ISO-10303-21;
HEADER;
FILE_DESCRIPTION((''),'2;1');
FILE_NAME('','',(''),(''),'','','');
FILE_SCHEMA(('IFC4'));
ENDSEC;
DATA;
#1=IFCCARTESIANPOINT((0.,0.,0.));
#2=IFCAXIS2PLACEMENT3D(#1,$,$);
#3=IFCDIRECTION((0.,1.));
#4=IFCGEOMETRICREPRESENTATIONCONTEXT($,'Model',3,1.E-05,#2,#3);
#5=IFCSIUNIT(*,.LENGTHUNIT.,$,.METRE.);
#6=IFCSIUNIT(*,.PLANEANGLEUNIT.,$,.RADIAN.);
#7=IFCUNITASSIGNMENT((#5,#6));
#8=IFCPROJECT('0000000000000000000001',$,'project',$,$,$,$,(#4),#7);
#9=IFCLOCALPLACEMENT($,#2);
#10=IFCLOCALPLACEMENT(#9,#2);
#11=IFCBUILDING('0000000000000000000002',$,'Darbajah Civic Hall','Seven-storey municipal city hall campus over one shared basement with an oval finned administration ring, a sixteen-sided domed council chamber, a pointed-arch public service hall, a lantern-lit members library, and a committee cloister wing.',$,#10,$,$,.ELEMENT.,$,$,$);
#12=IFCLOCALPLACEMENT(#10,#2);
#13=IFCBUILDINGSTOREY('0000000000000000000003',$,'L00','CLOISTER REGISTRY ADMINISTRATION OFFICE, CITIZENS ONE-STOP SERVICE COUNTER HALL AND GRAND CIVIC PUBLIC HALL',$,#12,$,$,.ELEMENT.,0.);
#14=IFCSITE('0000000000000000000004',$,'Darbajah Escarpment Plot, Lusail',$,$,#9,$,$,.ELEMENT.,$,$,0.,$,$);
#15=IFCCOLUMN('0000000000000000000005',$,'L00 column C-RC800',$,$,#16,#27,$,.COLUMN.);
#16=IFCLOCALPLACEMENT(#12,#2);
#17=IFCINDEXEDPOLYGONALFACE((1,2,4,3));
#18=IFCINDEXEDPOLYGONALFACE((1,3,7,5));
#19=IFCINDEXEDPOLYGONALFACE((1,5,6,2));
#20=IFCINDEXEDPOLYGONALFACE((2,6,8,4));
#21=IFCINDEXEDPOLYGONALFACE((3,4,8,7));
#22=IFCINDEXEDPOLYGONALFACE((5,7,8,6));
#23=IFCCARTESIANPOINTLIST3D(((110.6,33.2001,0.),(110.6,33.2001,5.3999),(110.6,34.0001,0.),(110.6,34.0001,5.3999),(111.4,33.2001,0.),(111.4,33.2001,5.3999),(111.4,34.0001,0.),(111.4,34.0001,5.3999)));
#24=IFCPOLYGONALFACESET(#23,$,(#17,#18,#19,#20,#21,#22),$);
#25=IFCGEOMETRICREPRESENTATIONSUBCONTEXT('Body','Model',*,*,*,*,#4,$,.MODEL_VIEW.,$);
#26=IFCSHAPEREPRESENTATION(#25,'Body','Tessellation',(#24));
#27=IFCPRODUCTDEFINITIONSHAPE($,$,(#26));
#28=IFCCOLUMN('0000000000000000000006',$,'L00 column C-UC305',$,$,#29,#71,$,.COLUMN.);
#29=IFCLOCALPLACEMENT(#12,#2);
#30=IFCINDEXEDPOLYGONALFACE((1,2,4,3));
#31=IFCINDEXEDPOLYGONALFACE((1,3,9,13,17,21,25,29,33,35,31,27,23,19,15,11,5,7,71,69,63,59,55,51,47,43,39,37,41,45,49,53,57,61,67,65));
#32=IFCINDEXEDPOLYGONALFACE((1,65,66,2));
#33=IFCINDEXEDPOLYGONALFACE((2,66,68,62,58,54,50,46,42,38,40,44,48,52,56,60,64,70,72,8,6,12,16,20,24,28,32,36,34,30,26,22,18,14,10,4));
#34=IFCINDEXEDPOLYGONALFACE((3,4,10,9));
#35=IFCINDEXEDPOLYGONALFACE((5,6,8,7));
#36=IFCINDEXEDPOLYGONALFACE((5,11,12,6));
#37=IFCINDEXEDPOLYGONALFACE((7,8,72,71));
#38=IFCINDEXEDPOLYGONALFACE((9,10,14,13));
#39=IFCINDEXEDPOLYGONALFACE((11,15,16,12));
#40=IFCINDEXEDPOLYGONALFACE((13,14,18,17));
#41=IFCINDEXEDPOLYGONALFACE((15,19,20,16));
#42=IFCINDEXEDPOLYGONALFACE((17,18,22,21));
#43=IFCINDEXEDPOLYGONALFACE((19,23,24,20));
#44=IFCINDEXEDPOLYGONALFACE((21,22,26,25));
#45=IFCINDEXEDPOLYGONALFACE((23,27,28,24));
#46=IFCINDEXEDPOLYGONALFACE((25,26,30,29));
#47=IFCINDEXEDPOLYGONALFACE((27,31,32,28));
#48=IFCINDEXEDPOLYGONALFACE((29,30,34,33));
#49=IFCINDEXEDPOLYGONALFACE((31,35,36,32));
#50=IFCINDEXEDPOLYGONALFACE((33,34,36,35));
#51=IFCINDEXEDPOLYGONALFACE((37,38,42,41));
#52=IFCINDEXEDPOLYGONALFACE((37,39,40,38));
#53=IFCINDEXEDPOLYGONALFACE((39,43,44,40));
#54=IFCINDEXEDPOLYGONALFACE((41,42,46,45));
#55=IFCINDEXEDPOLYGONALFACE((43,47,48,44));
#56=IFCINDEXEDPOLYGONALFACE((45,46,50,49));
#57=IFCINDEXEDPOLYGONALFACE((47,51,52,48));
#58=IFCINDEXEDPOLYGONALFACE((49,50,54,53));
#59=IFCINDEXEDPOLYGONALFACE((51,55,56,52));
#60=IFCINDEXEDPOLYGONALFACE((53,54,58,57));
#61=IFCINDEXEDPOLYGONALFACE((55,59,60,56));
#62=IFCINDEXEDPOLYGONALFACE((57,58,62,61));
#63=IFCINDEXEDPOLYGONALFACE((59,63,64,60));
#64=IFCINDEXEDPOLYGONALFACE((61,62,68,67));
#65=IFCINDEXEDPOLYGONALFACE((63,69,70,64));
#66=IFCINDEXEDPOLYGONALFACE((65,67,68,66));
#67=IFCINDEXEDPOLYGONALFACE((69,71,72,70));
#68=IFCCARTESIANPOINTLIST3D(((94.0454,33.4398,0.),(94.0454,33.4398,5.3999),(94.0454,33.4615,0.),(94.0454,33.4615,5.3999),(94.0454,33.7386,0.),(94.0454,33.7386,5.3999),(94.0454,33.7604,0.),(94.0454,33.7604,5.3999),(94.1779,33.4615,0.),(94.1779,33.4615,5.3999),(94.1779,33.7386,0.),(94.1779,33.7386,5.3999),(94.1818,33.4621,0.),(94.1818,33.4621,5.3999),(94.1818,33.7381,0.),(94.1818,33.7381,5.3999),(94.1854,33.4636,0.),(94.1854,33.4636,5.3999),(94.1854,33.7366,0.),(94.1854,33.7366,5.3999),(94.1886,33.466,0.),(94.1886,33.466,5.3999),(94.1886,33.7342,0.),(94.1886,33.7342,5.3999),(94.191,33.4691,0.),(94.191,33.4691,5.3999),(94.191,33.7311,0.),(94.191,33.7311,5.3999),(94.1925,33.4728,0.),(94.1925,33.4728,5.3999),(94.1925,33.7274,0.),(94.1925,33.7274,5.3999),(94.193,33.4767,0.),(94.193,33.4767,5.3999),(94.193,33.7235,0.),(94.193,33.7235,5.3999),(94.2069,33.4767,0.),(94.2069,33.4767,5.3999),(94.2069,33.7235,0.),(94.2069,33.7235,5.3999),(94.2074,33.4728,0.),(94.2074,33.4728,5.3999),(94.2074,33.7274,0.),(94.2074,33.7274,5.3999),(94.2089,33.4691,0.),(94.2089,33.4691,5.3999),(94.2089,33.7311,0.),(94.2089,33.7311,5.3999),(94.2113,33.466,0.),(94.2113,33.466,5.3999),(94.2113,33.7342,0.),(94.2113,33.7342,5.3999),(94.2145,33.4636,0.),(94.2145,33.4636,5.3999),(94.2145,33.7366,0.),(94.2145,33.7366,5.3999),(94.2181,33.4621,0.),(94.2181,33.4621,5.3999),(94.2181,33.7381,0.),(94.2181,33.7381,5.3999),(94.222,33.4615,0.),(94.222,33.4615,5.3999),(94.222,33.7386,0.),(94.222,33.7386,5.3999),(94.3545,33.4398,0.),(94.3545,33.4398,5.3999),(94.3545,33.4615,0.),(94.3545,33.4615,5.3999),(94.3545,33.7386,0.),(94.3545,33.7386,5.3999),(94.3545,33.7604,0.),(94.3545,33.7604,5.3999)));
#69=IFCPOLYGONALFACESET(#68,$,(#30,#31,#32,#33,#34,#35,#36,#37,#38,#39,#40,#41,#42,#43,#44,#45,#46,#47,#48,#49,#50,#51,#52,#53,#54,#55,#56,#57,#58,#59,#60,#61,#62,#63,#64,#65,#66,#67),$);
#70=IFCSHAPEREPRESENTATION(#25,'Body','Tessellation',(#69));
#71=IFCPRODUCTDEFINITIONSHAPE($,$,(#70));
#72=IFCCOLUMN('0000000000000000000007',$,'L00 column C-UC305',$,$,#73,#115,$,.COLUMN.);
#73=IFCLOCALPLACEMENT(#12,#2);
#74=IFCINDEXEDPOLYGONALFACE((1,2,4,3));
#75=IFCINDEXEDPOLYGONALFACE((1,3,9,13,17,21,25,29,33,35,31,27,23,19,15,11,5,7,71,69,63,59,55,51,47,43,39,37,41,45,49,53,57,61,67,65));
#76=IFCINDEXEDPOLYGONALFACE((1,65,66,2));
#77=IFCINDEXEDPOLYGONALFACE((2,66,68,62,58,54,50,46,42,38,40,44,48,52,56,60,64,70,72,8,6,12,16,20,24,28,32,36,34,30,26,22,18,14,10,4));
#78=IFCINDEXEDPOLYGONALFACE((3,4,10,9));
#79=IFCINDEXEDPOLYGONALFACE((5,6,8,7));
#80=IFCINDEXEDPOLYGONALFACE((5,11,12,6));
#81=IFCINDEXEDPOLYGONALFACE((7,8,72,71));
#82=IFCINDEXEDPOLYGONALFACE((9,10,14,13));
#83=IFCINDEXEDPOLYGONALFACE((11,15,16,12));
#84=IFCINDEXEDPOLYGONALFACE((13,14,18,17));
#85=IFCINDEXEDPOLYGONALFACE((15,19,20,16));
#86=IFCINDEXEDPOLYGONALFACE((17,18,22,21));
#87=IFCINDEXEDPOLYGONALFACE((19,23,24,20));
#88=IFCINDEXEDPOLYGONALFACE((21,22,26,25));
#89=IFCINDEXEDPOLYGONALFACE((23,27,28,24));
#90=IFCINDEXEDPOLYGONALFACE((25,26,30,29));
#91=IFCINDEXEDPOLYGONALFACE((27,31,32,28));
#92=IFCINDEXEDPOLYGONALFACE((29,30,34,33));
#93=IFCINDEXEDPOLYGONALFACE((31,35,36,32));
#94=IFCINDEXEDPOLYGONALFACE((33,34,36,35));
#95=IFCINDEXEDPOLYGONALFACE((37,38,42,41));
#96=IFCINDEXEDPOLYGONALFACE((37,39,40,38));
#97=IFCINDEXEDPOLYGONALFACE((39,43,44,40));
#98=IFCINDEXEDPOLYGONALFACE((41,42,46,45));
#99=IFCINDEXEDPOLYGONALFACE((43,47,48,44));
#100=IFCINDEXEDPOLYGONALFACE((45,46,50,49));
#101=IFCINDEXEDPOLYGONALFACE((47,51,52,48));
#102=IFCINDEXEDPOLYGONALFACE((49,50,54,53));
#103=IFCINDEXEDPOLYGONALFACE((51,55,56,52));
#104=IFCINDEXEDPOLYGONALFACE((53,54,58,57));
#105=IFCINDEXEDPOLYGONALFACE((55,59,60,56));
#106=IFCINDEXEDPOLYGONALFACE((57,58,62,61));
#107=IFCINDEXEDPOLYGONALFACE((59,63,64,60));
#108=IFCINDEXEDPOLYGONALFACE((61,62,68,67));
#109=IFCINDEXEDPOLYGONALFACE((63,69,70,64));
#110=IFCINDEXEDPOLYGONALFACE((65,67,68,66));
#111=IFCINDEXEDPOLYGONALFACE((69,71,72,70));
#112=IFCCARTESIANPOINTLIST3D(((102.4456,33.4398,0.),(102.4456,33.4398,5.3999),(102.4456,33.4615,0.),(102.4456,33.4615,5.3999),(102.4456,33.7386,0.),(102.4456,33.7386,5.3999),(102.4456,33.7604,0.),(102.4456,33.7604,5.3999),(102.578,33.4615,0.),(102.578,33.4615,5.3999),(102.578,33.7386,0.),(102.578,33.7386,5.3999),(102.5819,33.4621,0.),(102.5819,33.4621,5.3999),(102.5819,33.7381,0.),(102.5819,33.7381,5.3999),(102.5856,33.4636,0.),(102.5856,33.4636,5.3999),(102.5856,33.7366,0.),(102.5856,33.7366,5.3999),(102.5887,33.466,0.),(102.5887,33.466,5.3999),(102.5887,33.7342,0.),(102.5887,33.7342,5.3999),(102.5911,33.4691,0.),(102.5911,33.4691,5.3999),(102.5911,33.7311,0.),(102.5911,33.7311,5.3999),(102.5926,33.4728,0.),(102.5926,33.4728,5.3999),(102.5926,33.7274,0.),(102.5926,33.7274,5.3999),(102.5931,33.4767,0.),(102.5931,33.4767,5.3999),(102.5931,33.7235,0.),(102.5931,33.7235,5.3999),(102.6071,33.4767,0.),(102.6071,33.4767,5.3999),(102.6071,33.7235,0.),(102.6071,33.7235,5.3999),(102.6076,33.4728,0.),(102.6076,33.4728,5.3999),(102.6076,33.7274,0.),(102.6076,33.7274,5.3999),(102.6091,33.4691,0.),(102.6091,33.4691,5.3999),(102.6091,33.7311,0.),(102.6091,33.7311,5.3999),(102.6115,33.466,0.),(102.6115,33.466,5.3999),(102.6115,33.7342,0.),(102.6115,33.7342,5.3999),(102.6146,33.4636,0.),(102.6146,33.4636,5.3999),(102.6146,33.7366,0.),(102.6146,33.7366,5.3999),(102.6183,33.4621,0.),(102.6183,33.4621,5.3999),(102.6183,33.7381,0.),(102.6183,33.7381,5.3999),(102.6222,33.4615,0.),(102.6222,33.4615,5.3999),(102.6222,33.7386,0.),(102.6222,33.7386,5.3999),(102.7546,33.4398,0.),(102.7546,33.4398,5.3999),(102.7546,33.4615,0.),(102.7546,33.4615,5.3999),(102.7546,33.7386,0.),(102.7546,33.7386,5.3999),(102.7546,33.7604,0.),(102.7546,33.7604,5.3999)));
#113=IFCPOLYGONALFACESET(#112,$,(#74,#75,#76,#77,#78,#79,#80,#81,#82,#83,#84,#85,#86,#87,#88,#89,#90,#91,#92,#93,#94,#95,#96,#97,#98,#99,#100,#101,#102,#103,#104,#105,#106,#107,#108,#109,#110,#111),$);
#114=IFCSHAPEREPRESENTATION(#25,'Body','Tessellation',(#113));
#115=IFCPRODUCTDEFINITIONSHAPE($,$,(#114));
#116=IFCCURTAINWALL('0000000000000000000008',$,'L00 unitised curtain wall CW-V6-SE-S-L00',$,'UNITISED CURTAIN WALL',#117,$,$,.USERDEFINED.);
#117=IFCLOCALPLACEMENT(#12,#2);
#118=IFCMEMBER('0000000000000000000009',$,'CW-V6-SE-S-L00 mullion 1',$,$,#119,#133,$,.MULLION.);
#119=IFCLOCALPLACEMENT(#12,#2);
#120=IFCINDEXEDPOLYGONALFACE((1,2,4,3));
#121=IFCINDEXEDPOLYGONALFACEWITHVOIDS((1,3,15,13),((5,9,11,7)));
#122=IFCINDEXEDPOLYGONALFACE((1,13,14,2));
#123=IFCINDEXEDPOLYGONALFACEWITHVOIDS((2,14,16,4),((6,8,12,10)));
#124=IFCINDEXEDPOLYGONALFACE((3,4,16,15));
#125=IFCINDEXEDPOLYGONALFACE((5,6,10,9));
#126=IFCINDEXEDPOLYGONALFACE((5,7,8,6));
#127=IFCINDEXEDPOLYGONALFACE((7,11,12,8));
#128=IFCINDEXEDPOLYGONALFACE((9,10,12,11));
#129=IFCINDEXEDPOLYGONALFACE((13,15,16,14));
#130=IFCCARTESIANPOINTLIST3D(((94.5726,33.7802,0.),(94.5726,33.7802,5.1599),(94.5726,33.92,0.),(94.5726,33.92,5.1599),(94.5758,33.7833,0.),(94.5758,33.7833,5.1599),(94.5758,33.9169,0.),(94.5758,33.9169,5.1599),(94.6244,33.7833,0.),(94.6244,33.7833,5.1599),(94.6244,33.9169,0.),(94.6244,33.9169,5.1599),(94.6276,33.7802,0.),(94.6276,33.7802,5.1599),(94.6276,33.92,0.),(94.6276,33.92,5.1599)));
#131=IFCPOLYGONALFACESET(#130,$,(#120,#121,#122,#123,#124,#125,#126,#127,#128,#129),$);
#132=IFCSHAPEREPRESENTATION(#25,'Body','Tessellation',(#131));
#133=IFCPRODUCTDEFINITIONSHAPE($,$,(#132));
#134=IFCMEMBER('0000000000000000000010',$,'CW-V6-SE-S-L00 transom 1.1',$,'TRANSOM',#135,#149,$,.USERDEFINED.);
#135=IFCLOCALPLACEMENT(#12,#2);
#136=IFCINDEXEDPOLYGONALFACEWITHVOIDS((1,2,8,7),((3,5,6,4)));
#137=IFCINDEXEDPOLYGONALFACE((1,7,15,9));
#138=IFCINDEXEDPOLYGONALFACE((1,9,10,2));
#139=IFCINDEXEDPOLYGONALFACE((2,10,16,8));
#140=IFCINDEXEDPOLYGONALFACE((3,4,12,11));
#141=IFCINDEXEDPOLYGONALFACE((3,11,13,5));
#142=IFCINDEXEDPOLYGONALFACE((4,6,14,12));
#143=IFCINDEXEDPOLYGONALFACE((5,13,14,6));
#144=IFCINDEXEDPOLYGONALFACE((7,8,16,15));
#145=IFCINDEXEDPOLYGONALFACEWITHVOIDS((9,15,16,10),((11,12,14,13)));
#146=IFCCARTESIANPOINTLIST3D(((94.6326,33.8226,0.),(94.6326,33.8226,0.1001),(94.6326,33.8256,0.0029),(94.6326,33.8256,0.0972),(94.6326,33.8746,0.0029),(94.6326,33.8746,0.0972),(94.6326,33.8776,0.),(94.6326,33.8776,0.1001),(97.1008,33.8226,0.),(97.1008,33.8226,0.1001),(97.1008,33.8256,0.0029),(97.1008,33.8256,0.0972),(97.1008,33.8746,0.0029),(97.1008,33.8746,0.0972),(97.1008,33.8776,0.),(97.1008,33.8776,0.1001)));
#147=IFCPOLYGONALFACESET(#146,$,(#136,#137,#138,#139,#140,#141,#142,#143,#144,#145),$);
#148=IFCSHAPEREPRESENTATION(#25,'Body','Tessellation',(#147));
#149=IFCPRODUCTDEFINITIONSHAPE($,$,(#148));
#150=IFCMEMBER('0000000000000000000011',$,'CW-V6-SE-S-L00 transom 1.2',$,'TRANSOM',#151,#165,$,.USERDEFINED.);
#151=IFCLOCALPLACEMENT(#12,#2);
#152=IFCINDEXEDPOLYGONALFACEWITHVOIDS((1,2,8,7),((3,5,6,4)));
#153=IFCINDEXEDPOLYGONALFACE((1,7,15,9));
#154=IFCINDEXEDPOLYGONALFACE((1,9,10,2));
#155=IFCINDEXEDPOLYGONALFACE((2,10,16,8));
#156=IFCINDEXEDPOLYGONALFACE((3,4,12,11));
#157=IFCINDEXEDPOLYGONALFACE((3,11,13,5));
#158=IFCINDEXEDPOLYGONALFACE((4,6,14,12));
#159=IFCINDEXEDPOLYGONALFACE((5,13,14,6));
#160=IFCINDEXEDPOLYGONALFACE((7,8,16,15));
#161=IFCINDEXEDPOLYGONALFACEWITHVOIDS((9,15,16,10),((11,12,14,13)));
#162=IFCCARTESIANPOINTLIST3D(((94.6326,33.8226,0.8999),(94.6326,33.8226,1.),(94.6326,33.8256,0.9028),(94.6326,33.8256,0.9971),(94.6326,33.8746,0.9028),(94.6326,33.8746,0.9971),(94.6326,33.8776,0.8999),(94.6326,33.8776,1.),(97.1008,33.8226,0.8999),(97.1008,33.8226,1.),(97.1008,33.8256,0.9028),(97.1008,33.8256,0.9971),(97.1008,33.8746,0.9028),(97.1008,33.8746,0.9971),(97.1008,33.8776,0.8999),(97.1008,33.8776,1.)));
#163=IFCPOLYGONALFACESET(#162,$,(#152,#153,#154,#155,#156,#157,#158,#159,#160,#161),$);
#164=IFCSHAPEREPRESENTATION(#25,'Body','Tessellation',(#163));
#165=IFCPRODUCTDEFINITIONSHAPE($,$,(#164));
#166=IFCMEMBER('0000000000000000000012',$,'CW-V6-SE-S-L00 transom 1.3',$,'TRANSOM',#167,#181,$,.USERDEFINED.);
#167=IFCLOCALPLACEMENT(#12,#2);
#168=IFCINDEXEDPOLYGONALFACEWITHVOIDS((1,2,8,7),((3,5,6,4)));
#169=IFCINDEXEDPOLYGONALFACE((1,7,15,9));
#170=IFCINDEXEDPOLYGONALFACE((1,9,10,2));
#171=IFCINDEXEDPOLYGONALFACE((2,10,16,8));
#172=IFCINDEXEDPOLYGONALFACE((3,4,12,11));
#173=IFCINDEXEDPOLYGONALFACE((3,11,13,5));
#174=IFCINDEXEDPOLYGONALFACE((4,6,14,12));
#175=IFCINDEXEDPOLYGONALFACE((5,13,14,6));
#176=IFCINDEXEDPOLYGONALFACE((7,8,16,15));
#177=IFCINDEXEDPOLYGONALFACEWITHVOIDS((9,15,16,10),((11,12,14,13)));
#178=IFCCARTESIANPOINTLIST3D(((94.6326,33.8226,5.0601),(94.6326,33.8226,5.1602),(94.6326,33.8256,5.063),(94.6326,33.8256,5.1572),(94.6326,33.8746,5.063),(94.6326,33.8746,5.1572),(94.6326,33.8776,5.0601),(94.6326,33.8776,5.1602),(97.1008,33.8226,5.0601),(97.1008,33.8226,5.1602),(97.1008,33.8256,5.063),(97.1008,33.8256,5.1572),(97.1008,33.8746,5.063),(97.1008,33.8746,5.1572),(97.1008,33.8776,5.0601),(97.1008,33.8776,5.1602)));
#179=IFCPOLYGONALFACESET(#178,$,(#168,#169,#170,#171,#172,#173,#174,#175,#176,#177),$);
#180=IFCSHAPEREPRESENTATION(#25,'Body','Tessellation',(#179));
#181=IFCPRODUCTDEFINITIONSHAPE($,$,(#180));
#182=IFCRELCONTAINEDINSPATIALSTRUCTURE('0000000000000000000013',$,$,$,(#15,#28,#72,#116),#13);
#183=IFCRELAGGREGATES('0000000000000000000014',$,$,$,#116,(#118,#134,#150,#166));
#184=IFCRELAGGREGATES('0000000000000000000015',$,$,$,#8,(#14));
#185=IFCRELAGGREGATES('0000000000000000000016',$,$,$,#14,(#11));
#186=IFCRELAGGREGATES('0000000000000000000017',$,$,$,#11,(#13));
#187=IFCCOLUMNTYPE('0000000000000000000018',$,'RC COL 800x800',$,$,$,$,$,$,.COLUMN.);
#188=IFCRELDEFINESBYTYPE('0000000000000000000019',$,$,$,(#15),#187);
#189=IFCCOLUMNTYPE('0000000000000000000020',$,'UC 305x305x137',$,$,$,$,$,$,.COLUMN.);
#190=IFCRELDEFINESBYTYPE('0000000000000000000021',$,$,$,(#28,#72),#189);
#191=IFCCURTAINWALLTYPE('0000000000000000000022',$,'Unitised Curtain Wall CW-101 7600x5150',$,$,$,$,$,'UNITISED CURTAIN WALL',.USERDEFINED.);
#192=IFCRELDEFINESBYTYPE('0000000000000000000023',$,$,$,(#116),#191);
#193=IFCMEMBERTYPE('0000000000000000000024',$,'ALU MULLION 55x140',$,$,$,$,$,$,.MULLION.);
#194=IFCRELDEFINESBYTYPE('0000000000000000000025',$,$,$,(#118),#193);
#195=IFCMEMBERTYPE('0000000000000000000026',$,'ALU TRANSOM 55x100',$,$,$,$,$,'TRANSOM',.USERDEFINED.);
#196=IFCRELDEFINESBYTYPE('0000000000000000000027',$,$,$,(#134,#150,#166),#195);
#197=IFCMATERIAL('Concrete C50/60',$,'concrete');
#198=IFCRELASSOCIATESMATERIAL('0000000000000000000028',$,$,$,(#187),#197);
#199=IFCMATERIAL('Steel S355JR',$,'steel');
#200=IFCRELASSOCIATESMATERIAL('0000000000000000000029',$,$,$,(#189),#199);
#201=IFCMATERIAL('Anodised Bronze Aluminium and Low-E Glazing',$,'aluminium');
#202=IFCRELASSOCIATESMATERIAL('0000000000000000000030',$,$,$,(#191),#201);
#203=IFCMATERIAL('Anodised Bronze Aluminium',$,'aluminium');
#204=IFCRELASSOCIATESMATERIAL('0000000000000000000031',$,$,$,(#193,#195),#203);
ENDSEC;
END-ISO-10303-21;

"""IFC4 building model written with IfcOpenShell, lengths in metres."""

from ifc_helpers import new_model, si_unit, direction, frame, origin, origin_2d, place, context, subcontext, project, spatial, rectangle, hollow_rectangle, i_section, extrude, material, material_profile, profile_set, type_object, element, aggregate, save


model = new_model("IFC4")

# Units and contexts
model_context = context("Model", 3, precision=1e-05, world=origin(), true_north=direction((0.0, 1.0)))
body_context = subcontext(model_context, "Body", "Model", "MODEL_VIEW")
ifc_project = project(units=[si_unit("LENGTHUNIT", "METRE"), si_unit("PLANEANGLEUNIT", "RADIAN")], contexts=[model_context])

# Site, building, storey
site_placement = place(None, origin())
site = spatial("IfcSite", under=ifc_project, at=site_placement, Name="Darbajah Escarpment Plot, Lusail", CompositionType="ELEMENT", RefElevation=0.0)
building_placement = place(site_placement, origin())
building = spatial("IfcBuilding", under=site, at=building_placement, Name="Darbajah Civic Hall", Description="Seven-storey municipal city hall campus over one shared basement with an oval finned administration ring, a sixteen-sided domed council chamber, a pointed-arch public service hall, a lantern-lit members library, and a committee cloister wing.", CompositionType="ELEMENT")
storey_placement = place(building_placement, origin())
storey = spatial("IfcBuildingStorey", under=building, at=storey_placement, Name="L00", Description="CLOISTER REGISTRY ADMINISTRATION OFFICE, CITIZENS ONE-STOP SERVICE COUNTER HALL AND GRAND CIVIC PUBLIC HALL", CompositionType="ELEMENT", Elevation=0.0)

# Columns
ifc_material_1 = material(Name="Concrete C50/60", Category="concrete")
ifc_material_profile_1 = material_profile(ifc_material_1, rectangle(XDim=0.8, YDim=0.8, at=origin_2d()), Name="RC COL 800x800")
ifc_profile_set_1 = profile_set([ifc_material_profile_1], Name="Concrete C50/60")
column_type_1 = type_object("IfcColumnType", Name="RC COL 800x800", PredefinedType="COLUMN", material=ifc_profile_set_1)
column_placement = place(storey_placement, frame((111.0, 33.6001, 0.0), z_axis=(0.0, 0.0, 1.0), x_axis=(1.0, 0.0, 0.0)))
element("IfcColumn", 1, at=column_placement, inside=storey, type_object=column_type_1, Name="L00 column C-RC800", PredefinedType="COLUMN", context=body_context, shape_type="SweptSolid", body=[
    extrude(rectangle(XDim=0.8, YDim=0.8, at=origin_2d()), origin(), (0.0, 0.0, 1.0), 5.3999),
])
ifc_material_2 = material(Name="Steel S355JR", Category="steel")
ifc_material_profile_2 = material_profile(ifc_material_2, i_section(OverallWidth=0.3091, OverallDepth=0.3206, WebThickness=0.0139, FlangeThickness=0.0217, FilletRadius=0.0151, at=origin_2d()), Name="UC 305x305x137")
ifc_profile_set_2 = profile_set([ifc_material_profile_2], Name="Steel S355JR")
column_type_2 = type_object("IfcColumnType", Name="UC 305x305x137", PredefinedType="COLUMN", material=ifc_profile_set_2)
for number, where, z_axis, x_axis, name in (
    (2, (94.2, 33.6001, 0.0), (0.0, 0.0, 1.0), (1.0, 0.0, 0.0), "L00 column C-UC305"),
    (3, (102.6001, 33.6001, 0.0), (0.0, 0.0, 1.0), (1.0, 0.0, 0.0), "L00 column C-UC305"),
):
    element("IfcColumn", number, at=place(storey_placement, frame(where, z_axis=z_axis, x_axis=x_axis)), inside=storey, type_object=column_type_2, Name=name, PredefinedType="COLUMN", context=body_context, shape_type="SweptSolid", body=[
        extrude(i_section(OverallWidth=0.3091, OverallDepth=0.3206, WebThickness=0.0139, FlangeThickness=0.0217, FilletRadius=0.0151, at=origin_2d()), origin(), (0.0, 0.0, 1.0), 5.3999),
    ])

# Curtain wall, members
ifc_material_3 = material(Name="Anodised Bronze Aluminium and Low-E Glazing", Category="aluminium")
curtain_wall_type = type_object("IfcCurtainWallType", Name="Unitised Curtain Wall CW-101 7600x5150", ElementType="UNITISED CURTAIN WALL", PredefinedType="USERDEFINED", material=ifc_material_3)
curtain_wall_placement = place(storey_placement, origin())
curtain_wall = element("IfcCurtainWall", 4, at=curtain_wall_placement, inside=storey, type_object=curtain_wall_type, Name="L00 unitised curtain wall CW-V6-SE-S-L00", ObjectType="UNITISED CURTAIN WALL", PredefinedType="USERDEFINED")
ifc_material_4 = material(Name="Anodised Bronze Aluminium", Category="aluminium")
ifc_material_profile_3 = material_profile(ifc_material_4, hollow_rectangle(XDim=0.0549, YDim=0.1399, WallThickness=0.0032, at=origin_2d()), Name="ALU MULLION 55x140")
ifc_profile_set_3 = profile_set([ifc_material_profile_3], Name="Anodised Bronze Aluminium")
member_type_1 = type_object("IfcMemberType", Name="ALU MULLION 55x140", PredefinedType="MULLION", material=ifc_profile_set_3)
member_1_placement = place(storey_placement, frame((94.6001, 33.8501, 0.0), z_axis=(0.0, 0.0, 1.0), x_axis=(1.0, 0.0, 0.0)))
member_1 = element("IfcMember", 5, at=member_1_placement, type_object=member_type_1, Name="CW-V6-SE-S-L00 mullion 1", PredefinedType="MULLION", context=body_context, shape_type="SweptSolid", body=[
    extrude(hollow_rectangle(XDim=0.0549, YDim=0.1399, WallThickness=0.0032, at=origin_2d()), origin(), (0.0, 0.0, 1.0), 5.1599),
])
ifc_material_profile_4 = material_profile(ifc_material_4, hollow_rectangle(XDim=0.0549, YDim=0.1001, WallThickness=0.0029, at=origin_2d()), Name="ALU TRANSOM 55x100")
ifc_profile_set_4 = profile_set([ifc_material_profile_4], Name="Anodised Bronze Aluminium")
member_type_2 = type_object("IfcMemberType", Name="ALU TRANSOM 55x100", ElementType="TRANSOM", PredefinedType="USERDEFINED", material=ifc_profile_set_4)
member_2_placement = place(storey_placement, frame((94.6326, 33.8501, 0.05), z_axis=(1.0, 0.0, 0.0), x_axis=(0.0, 1.0, 0.0)))
member_2 = element("IfcMember", 6, at=member_2_placement, type_object=member_type_2, Name="CW-V6-SE-S-L00 transom 1.1", ObjectType="TRANSOM", PredefinedType="USERDEFINED", context=body_context, shape_type="SweptSolid", body=[
    extrude(hollow_rectangle(XDim=0.0549, YDim=0.1001, WallThickness=0.0029, at=origin_2d()), origin(), (0.0, 0.0, 1.0), 2.4683),
])
member_3_placement = place(storey_placement, frame((94.6326, 33.8501, 0.95), z_axis=(1.0, 0.0, 0.0), x_axis=(0.0, 1.0, 0.0)))
member_3 = element("IfcMember", 7, at=member_3_placement, type_object=member_type_2, Name="CW-V6-SE-S-L00 transom 1.2", ObjectType="TRANSOM", PredefinedType="USERDEFINED", context=body_context, shape_type="SweptSolid", body=[
    extrude(hollow_rectangle(XDim=0.0549, YDim=0.1001, WallThickness=0.0029, at=origin_2d()), origin(), (0.0, 0.0, 1.0), 2.4683),
])
member_4_placement = place(storey_placement, frame((94.6326, 33.8501, 5.1101), z_axis=(1.0, 0.0, 0.0), x_axis=(0.0, 1.0, 0.0)))
member_4 = element("IfcMember", 8, at=member_4_placement, type_object=member_type_2, Name="CW-V6-SE-S-L00 transom 1.3", ObjectType="TRANSOM", PredefinedType="USERDEFINED", context=body_context, shape_type="SweptSolid", body=[
    extrude(hollow_rectangle(XDim=0.0549, YDim=0.1001, WallThickness=0.0029, at=origin_2d()), origin(), (0.0, 0.0, 1.0), 2.4683),
])
aggregate(curtain_wall, [member_1, member_2, member_3, member_4])

save(model, "model.ifc")
